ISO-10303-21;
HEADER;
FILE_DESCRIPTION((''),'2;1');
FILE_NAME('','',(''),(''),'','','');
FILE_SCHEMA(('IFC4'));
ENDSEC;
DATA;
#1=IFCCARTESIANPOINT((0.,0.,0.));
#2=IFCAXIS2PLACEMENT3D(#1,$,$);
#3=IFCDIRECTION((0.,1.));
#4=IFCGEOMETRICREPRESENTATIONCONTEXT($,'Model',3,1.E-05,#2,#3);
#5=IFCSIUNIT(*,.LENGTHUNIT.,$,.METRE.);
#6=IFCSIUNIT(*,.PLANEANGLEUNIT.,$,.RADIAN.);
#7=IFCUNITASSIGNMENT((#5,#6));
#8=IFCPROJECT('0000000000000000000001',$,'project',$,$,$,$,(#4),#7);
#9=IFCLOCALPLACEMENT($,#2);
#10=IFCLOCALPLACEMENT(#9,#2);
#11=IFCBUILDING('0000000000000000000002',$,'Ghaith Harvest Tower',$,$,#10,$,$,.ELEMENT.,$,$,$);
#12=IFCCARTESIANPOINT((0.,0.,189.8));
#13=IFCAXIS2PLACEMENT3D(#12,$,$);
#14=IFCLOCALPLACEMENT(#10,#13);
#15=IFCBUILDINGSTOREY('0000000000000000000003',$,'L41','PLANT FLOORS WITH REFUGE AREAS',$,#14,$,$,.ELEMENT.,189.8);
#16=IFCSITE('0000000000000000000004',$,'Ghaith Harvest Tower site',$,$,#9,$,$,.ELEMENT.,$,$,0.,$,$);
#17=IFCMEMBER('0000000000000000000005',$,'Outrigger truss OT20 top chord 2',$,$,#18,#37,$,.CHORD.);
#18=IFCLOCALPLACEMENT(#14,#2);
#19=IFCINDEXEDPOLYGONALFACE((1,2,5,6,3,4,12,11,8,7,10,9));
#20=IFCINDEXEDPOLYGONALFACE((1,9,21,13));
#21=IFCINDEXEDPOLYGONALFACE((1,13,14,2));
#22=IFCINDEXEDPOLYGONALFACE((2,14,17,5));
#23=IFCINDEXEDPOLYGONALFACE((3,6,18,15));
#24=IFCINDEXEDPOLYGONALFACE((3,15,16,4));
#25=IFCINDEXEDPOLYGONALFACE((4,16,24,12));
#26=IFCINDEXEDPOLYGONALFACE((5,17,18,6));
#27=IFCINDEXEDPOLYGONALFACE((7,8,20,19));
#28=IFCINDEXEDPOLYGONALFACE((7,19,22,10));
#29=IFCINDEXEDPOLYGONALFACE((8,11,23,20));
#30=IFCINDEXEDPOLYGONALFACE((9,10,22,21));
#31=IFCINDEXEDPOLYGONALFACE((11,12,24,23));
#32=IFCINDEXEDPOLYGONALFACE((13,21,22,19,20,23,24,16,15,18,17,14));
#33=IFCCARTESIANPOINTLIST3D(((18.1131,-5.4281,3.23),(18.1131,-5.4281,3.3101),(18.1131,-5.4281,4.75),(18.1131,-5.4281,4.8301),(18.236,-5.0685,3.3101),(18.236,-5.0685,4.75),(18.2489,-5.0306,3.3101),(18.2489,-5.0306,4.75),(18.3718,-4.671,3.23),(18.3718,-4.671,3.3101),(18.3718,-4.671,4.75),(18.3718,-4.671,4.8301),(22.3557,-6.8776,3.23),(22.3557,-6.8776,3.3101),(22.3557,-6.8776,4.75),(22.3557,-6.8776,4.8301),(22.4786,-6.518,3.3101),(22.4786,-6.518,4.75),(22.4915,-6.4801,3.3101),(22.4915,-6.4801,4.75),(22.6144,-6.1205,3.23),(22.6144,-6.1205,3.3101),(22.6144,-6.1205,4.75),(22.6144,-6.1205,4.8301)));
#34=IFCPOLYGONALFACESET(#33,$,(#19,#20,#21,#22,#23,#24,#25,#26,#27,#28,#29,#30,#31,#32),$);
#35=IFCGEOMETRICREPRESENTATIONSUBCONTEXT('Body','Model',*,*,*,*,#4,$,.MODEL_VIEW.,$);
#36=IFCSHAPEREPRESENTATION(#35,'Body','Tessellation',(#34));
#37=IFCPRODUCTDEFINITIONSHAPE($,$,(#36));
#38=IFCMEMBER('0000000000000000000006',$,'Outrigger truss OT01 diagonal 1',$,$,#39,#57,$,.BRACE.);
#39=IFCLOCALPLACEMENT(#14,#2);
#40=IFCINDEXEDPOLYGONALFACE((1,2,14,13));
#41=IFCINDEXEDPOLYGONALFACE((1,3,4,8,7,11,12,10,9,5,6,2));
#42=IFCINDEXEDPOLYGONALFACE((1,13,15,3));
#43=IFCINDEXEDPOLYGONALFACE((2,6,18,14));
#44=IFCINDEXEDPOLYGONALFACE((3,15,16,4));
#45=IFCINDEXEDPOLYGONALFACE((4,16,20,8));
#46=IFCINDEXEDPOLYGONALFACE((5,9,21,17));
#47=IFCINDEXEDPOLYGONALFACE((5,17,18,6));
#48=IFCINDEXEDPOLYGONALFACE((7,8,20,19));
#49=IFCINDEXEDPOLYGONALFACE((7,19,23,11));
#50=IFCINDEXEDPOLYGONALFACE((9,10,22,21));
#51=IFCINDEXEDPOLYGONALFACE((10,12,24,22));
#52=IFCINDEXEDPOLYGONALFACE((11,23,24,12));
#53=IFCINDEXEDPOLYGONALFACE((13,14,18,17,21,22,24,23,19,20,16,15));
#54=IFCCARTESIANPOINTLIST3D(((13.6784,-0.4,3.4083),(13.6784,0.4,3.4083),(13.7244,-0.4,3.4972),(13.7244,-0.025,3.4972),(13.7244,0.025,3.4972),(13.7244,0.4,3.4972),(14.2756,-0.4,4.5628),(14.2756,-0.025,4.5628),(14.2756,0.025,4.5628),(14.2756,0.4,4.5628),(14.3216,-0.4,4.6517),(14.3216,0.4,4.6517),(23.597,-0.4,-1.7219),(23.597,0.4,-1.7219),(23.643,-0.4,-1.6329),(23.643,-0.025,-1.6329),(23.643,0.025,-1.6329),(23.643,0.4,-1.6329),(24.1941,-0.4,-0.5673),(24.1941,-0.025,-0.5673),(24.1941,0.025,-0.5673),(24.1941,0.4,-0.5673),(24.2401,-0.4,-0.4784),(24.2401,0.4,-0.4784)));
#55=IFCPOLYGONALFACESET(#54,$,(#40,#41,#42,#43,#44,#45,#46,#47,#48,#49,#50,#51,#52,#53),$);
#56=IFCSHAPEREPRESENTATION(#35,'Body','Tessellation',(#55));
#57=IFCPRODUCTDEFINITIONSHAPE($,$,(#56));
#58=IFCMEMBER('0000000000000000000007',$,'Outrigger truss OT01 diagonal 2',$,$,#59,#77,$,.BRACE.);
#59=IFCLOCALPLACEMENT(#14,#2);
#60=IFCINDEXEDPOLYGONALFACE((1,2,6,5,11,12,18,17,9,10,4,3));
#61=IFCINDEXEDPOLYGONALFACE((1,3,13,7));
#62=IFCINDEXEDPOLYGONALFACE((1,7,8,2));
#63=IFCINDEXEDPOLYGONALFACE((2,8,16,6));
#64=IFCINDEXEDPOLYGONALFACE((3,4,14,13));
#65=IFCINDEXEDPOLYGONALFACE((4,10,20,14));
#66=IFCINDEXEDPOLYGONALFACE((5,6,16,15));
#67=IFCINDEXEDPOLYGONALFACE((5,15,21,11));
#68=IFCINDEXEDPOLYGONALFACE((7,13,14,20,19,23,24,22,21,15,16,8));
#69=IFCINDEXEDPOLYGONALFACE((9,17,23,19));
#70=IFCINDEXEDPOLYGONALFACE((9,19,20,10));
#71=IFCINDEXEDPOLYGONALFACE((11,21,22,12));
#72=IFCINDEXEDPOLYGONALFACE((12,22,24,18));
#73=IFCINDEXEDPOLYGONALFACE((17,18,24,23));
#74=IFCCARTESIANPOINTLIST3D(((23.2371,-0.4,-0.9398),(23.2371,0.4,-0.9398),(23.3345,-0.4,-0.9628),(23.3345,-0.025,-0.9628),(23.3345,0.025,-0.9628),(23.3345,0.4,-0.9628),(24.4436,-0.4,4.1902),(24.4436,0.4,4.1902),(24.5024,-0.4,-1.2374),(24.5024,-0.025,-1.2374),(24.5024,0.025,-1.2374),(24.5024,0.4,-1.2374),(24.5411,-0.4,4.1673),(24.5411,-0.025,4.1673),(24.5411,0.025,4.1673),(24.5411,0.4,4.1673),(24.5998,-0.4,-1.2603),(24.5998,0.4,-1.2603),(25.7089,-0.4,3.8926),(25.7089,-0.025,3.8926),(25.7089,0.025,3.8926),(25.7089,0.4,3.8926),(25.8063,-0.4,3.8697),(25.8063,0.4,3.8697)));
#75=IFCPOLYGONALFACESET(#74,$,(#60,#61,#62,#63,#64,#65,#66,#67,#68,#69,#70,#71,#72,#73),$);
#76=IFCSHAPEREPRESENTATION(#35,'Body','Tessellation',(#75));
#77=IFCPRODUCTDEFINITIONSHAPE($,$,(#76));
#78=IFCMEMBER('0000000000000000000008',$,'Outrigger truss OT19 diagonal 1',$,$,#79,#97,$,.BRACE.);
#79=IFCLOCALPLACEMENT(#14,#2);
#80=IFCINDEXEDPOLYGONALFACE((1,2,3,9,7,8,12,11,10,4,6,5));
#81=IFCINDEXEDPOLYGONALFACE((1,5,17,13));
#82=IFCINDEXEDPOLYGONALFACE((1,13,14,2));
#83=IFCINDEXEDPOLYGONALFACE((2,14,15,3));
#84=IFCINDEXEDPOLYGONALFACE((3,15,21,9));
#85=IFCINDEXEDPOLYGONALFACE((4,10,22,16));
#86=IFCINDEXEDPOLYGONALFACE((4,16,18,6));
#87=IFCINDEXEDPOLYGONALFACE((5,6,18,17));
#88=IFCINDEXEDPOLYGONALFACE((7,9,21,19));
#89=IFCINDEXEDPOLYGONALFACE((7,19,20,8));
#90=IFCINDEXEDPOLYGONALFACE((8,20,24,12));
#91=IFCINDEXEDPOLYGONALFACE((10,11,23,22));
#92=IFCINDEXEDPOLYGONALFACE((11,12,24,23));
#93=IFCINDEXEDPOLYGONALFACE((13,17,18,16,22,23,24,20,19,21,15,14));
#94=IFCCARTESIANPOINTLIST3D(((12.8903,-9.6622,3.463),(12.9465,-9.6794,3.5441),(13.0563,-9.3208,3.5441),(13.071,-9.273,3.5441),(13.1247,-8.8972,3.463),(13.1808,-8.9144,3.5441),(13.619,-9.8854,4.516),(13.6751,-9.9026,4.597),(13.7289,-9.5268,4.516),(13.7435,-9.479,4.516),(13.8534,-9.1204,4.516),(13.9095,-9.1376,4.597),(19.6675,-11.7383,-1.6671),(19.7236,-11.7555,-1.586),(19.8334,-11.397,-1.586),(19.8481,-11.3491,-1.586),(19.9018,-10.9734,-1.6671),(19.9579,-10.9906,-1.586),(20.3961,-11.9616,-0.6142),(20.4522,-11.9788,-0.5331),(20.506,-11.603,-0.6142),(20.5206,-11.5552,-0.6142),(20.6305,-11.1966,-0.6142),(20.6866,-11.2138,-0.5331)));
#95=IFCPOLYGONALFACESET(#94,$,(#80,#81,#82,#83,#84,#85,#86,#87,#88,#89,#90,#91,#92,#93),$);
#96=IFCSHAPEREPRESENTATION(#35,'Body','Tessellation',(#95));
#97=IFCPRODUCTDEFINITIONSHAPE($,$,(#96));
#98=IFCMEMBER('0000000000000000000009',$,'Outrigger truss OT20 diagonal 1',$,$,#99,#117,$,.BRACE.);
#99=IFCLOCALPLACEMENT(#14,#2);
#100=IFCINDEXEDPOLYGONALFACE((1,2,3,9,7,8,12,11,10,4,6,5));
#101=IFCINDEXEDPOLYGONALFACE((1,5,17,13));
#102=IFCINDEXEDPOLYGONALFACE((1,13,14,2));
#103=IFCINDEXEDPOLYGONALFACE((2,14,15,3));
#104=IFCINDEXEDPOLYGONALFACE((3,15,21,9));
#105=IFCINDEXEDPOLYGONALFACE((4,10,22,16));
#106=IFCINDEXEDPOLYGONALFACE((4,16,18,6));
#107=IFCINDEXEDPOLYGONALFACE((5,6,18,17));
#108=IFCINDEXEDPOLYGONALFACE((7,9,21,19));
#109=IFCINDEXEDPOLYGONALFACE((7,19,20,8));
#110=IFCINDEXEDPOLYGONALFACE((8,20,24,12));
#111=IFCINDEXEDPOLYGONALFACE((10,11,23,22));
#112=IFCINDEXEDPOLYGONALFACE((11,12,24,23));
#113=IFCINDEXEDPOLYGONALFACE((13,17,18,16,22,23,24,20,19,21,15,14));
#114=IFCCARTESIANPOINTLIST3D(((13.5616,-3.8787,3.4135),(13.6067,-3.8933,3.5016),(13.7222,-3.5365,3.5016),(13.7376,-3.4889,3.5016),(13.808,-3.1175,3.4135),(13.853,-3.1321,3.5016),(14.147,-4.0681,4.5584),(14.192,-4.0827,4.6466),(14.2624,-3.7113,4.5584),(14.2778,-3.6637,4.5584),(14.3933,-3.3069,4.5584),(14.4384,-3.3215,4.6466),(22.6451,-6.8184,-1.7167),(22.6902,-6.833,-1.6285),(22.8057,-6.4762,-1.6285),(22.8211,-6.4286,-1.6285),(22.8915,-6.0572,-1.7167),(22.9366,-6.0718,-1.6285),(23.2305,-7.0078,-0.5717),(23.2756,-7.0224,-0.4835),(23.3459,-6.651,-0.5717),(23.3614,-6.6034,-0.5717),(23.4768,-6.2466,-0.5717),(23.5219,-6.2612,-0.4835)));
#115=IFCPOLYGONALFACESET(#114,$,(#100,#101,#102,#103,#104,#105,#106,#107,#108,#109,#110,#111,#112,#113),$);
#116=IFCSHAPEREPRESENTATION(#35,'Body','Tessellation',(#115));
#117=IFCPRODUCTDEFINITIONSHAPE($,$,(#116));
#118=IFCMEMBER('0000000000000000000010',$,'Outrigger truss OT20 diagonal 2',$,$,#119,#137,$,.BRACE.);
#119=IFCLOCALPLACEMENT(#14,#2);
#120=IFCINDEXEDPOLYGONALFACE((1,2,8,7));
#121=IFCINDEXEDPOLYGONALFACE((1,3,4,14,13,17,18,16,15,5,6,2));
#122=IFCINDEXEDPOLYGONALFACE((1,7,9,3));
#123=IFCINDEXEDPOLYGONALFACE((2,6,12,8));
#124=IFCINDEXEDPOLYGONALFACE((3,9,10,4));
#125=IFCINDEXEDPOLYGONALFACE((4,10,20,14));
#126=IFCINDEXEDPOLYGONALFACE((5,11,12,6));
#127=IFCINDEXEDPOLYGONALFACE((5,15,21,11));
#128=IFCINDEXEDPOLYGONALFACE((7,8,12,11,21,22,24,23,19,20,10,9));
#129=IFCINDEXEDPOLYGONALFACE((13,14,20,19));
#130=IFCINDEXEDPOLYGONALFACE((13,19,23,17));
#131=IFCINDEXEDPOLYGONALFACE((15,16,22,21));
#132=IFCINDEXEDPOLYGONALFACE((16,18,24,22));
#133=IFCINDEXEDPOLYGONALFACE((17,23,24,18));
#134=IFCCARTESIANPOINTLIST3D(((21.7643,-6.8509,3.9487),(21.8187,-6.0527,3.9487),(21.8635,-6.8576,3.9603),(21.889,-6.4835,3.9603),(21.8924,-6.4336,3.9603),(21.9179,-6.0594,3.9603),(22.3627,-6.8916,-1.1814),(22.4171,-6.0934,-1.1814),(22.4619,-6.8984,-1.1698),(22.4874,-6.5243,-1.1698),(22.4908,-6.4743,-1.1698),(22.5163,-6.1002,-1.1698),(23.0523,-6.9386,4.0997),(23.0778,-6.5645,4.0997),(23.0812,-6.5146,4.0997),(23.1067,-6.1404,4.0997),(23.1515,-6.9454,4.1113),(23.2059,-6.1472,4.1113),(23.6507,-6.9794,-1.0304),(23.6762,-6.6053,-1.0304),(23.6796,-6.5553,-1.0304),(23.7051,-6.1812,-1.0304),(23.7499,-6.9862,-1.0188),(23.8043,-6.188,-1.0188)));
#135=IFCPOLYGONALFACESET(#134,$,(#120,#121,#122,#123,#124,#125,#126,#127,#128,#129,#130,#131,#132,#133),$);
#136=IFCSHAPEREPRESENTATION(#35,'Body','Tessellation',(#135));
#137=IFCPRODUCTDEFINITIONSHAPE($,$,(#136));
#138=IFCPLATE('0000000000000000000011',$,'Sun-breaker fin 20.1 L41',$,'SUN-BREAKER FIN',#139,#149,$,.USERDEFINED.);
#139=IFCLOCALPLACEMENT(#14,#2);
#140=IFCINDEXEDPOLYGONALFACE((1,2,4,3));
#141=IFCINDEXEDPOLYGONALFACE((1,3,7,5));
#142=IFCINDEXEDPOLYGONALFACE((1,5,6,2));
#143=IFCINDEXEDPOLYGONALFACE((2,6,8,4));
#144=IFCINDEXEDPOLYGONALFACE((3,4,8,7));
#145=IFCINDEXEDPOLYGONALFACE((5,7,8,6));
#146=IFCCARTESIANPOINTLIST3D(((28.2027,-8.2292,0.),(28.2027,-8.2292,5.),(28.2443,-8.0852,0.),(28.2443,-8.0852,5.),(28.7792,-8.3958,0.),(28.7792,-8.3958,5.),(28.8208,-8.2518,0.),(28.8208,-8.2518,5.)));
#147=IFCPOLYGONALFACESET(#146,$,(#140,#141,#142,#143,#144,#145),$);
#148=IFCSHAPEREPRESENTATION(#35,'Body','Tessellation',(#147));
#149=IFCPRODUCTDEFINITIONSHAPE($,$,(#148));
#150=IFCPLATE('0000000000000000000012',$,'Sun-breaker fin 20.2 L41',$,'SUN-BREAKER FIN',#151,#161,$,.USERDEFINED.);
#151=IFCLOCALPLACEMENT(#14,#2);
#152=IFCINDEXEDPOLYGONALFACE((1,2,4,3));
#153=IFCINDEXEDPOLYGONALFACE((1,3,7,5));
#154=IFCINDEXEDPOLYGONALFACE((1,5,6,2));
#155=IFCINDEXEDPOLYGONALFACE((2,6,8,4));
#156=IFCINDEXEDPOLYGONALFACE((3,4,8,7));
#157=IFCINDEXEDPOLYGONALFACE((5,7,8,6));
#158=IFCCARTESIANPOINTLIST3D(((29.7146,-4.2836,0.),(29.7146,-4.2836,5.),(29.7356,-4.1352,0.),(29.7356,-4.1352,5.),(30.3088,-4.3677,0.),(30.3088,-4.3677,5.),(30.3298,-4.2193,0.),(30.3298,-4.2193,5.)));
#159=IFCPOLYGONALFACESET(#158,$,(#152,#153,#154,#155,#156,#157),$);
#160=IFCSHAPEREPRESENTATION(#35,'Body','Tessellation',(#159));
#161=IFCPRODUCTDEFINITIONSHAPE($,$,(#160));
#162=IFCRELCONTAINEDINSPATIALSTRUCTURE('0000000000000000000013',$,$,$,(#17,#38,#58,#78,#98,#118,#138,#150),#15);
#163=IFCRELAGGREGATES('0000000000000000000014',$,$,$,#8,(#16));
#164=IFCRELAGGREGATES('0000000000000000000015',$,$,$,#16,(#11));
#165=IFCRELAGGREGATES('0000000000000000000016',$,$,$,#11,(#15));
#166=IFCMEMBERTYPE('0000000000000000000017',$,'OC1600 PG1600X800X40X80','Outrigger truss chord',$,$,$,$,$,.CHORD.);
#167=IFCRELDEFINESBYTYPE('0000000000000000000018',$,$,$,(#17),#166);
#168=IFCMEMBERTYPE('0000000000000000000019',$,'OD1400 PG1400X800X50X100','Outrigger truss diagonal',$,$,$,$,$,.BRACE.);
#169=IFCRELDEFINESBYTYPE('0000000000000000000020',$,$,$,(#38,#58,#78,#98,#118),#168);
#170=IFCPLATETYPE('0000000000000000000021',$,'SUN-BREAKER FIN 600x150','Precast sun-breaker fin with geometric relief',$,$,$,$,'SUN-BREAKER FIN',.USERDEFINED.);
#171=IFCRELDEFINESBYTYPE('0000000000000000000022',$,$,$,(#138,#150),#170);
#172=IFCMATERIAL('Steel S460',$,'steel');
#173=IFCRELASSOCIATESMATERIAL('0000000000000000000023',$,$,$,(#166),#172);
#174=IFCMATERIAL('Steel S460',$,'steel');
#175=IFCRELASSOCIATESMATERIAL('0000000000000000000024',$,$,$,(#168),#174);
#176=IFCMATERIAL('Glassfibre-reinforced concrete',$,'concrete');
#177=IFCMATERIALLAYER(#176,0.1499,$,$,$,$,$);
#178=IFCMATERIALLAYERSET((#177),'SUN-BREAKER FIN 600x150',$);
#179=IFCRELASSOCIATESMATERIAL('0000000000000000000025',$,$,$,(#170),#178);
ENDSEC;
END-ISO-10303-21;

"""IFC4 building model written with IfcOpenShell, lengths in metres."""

from ifc_helpers import new_model, si_unit, direction, frame, origin, origin_2d, place, context, subcontext, project, spatial, rectangle, i_section, extrude, material, layer, layer_set, material_profile, profile_set, type_object, element, save


model = new_model("IFC4")

# Units and contexts
model_context = context("Model", 3, precision=1e-05, world=origin(), true_north=direction((0.0, 1.0)))
body_context = subcontext(model_context, "Body", "Model", "MODEL_VIEW")
ifc_project = project(units=[si_unit("LENGTHUNIT", "METRE"), si_unit("PLANEANGLEUNIT", "RADIAN")], contexts=[model_context])

# Site, building, storey
site_placement = place(None, origin())
site = spatial("IfcSite", under=ifc_project, at=site_placement, Name="Ghaith Harvest Tower site", CompositionType="ELEMENT", RefElevation=0.0)
building_placement = place(site_placement, origin())
building = spatial("IfcBuilding", under=site, at=building_placement, Name="Ghaith Harvest Tower", CompositionType="ELEMENT")
storey_placement = place(building_placement, frame((0.0, 0.0, 189.8)))
storey = spatial("IfcBuildingStorey", under=building, at=storey_placement, Name="L41", Description="PLANT FLOORS WITH REFUGE AREAS", CompositionType="ELEMENT", Elevation=189.8)

# Members
ifc_material_1 = material(Name="Steel S460", Category="steel")
ifc_material_profile_1 = material_profile(ifc_material_1, i_section(OverallWidth=0.8, OverallDepth=1.6001, WebThickness=0.04, FlangeThickness=0.0801, at=origin_2d()), Name="PG1600X800X40X80")
ifc_profile_set_1 = profile_set([ifc_material_profile_1], Name="Steel S460")
member_type_1 = type_object("IfcMemberType", Name="OC1600 PG1600X800X40X80", Description="Outrigger truss chord", PredefinedType="CHORD", material=ifc_profile_set_1)
member_1_placement = place(storey_placement, frame((18.2424, -5.0496, 4.03), z_axis=(0.946299, -0.323293, 0.0), x_axis=(0.323293, 0.946299, 0.0)))
element("IfcMember", 1, at=member_1_placement, inside=storey, type_object=member_type_1, Name="Outrigger truss OT20 top chord 2", PredefinedType="CHORD", context=body_context, shape_type="SweptSolid", body=[
    extrude(i_section(OverallWidth=0.8, OverallDepth=1.6001, WebThickness=0.04, FlangeThickness=0.0801, at=origin_2d()), origin(), (0.0, 0.0, 1.0), 4.4834),
])
ifc_material_2 = material(Name="Steel S460", Category="steel")
ifc_material_profile_2 = material_profile(ifc_material_2, i_section(OverallWidth=0.8, OverallDepth=1.3999, WebThickness=0.05, FlangeThickness=0.1001, at=origin_2d()), Name="PG1400X800X50X100")
ifc_profile_set_2 = profile_set([ifc_material_profile_2], Name="Steel S460")
member_type_2 = type_object("IfcMemberType", Name="OD1400 PG1400X800X50X100", Description="Outrigger truss diagonal", PredefinedType="BRACE", material=ifc_profile_set_2)
member_2_placement = place(storey_placement, frame((14.0, 0.0, 4.03), z_axis=(0.888222, 0.0, -0.459415), x_axis=(0.0, 1.0, 0.0)))
element("IfcMember", 2, at=member_2_placement, inside=storey, type_object=member_type_2, Name="Outrigger truss OT01 diagonal 1", PredefinedType="BRACE", context=body_context, shape_type="SweptSolid", body=[
    extrude(i_section(OverallWidth=0.8, OverallDepth=1.3999, WebThickness=0.05, FlangeThickness=0.1001, at=origin_2d()), origin(), (0.0, 0.0, 1.0), 11.1667),
])
member_3_placement = place(storey_placement, frame((23.9185, 0.0, -1.1001), z_axis=(0.228941, 0.0, 0.97344), x_axis=(0.0, 1.0, 0.0)))
element("IfcMember", 3, at=member_3_placement, inside=storey, type_object=member_type_2, Name="Outrigger truss OT01 diagonal 2", PredefinedType="BRACE", context=body_context, shape_type="SweptSolid", body=[
    extrude(i_section(OverallWidth=0.8, OverallDepth=1.3999, WebThickness=0.05, FlangeThickness=0.1001, at=origin_2d()), origin(), (0.0, 0.0, 1.0), 5.27),
])
member_4_placement = place(storey_placement, frame((13.3999, -9.3999, 4.03), z_axis=(0.77455, -0.237284, -0.586318), x_axis=(0.292914, 0.956139, 0.0)))
element("IfcMember", 4, at=member_4_placement, inside=storey, type_object=member_type_2, Name="Outrigger truss OT19 diagonal 1", PredefinedType="BRACE", context=body_context, shape_type="SweptSolid", body=[
    extrude(i_section(OverallWidth=0.8, OverallDepth=1.3999, WebThickness=0.05, FlangeThickness=0.1001, at=origin_2d()), origin(), (0.0, 0.0, 1.0), 8.7498),
])
member_5_placement = place(storey_placement, frame((14.0, -3.6001, 4.03), z_axis=(0.838088, -0.271231, -0.473331), x_axis=(0.307907, 0.951416, 0.0)))
element("IfcMember", 5, at=member_5_placement, inside=storey, type_object=member_type_2, Name="Outrigger truss OT20 diagonal 1", PredefinedType="BRACE", context=body_context, shape_type="SweptSolid", body=[
    extrude(i_section(OverallWidth=0.8, OverallDepth=1.3999, WebThickness=0.05, FlangeThickness=0.1001, at=origin_2d()), origin(), (0.0, 0.0, 1.0), 10.8384),
])
member_6_placement = place(storey_placement, frame((23.0835, -6.5398, -1.1001), z_axis=(-0.115853, 0.007894, 0.993235), x_axis=(-0.067978, -0.997687, 0.0)))
element("IfcMember", 6, at=member_6_placement, inside=storey, type_object=member_type_2, Name="Outrigger truss OT20 diagonal 2", PredefinedType="BRACE", context=body_context, shape_type="SweptSolid", body=[
    extrude(i_section(OverallWidth=0.8, OverallDepth=1.3999, WebThickness=0.05, FlangeThickness=0.1001, at=origin_2d()), origin(), (0.0, 0.0, 1.0), 5.165),
])

# Plates
ifc_material_3 = material(Name="Glassfibre-reinforced concrete", Category="concrete")
ifc_layer_1 = layer(ifc_material_3, 0.1499)
ifc_layer_set_1 = layer_set([ifc_layer_1], Name="SUN-BREAKER FIN 600x150")
plate_type = type_object("IfcPlateType", Name="SUN-BREAKER FIN 600x150", Description="Precast sun-breaker fin with geometric relief", ElementType="SUN-BREAKER FIN", PredefinedType="USERDEFINED", material=ifc_layer_set_1)
for number, where, z_axis, x_axis, name in (
    (7, (28.5117, -8.2405, 0.0), (0.0, 0.0, 1.0), (0.96068, -0.277657, 0.0), "Sun-breaker fin 20.1 L41"),
    (8, (30.0222, -4.2515, 0.0), (0.0, 0.0, 1.0), (0.990121, -0.140213, 0.0), "Sun-breaker fin 20.2 L41"),
):
    element("IfcPlate", number, at=place(storey_placement, frame(where, z_axis=z_axis, x_axis=x_axis)), inside=storey, type_object=plate_type, Name=name, ObjectType="SUN-BREAKER FIN", PredefinedType="USERDEFINED", context=body_context, shape_type="SweptSolid", body=[
        extrude(rectangle(XDim=0.6001, YDim=0.1499, at=origin_2d()), origin(), (0.0, 0.0, 1.0), 5.0),
    ])

save(model, "model.ifc")
